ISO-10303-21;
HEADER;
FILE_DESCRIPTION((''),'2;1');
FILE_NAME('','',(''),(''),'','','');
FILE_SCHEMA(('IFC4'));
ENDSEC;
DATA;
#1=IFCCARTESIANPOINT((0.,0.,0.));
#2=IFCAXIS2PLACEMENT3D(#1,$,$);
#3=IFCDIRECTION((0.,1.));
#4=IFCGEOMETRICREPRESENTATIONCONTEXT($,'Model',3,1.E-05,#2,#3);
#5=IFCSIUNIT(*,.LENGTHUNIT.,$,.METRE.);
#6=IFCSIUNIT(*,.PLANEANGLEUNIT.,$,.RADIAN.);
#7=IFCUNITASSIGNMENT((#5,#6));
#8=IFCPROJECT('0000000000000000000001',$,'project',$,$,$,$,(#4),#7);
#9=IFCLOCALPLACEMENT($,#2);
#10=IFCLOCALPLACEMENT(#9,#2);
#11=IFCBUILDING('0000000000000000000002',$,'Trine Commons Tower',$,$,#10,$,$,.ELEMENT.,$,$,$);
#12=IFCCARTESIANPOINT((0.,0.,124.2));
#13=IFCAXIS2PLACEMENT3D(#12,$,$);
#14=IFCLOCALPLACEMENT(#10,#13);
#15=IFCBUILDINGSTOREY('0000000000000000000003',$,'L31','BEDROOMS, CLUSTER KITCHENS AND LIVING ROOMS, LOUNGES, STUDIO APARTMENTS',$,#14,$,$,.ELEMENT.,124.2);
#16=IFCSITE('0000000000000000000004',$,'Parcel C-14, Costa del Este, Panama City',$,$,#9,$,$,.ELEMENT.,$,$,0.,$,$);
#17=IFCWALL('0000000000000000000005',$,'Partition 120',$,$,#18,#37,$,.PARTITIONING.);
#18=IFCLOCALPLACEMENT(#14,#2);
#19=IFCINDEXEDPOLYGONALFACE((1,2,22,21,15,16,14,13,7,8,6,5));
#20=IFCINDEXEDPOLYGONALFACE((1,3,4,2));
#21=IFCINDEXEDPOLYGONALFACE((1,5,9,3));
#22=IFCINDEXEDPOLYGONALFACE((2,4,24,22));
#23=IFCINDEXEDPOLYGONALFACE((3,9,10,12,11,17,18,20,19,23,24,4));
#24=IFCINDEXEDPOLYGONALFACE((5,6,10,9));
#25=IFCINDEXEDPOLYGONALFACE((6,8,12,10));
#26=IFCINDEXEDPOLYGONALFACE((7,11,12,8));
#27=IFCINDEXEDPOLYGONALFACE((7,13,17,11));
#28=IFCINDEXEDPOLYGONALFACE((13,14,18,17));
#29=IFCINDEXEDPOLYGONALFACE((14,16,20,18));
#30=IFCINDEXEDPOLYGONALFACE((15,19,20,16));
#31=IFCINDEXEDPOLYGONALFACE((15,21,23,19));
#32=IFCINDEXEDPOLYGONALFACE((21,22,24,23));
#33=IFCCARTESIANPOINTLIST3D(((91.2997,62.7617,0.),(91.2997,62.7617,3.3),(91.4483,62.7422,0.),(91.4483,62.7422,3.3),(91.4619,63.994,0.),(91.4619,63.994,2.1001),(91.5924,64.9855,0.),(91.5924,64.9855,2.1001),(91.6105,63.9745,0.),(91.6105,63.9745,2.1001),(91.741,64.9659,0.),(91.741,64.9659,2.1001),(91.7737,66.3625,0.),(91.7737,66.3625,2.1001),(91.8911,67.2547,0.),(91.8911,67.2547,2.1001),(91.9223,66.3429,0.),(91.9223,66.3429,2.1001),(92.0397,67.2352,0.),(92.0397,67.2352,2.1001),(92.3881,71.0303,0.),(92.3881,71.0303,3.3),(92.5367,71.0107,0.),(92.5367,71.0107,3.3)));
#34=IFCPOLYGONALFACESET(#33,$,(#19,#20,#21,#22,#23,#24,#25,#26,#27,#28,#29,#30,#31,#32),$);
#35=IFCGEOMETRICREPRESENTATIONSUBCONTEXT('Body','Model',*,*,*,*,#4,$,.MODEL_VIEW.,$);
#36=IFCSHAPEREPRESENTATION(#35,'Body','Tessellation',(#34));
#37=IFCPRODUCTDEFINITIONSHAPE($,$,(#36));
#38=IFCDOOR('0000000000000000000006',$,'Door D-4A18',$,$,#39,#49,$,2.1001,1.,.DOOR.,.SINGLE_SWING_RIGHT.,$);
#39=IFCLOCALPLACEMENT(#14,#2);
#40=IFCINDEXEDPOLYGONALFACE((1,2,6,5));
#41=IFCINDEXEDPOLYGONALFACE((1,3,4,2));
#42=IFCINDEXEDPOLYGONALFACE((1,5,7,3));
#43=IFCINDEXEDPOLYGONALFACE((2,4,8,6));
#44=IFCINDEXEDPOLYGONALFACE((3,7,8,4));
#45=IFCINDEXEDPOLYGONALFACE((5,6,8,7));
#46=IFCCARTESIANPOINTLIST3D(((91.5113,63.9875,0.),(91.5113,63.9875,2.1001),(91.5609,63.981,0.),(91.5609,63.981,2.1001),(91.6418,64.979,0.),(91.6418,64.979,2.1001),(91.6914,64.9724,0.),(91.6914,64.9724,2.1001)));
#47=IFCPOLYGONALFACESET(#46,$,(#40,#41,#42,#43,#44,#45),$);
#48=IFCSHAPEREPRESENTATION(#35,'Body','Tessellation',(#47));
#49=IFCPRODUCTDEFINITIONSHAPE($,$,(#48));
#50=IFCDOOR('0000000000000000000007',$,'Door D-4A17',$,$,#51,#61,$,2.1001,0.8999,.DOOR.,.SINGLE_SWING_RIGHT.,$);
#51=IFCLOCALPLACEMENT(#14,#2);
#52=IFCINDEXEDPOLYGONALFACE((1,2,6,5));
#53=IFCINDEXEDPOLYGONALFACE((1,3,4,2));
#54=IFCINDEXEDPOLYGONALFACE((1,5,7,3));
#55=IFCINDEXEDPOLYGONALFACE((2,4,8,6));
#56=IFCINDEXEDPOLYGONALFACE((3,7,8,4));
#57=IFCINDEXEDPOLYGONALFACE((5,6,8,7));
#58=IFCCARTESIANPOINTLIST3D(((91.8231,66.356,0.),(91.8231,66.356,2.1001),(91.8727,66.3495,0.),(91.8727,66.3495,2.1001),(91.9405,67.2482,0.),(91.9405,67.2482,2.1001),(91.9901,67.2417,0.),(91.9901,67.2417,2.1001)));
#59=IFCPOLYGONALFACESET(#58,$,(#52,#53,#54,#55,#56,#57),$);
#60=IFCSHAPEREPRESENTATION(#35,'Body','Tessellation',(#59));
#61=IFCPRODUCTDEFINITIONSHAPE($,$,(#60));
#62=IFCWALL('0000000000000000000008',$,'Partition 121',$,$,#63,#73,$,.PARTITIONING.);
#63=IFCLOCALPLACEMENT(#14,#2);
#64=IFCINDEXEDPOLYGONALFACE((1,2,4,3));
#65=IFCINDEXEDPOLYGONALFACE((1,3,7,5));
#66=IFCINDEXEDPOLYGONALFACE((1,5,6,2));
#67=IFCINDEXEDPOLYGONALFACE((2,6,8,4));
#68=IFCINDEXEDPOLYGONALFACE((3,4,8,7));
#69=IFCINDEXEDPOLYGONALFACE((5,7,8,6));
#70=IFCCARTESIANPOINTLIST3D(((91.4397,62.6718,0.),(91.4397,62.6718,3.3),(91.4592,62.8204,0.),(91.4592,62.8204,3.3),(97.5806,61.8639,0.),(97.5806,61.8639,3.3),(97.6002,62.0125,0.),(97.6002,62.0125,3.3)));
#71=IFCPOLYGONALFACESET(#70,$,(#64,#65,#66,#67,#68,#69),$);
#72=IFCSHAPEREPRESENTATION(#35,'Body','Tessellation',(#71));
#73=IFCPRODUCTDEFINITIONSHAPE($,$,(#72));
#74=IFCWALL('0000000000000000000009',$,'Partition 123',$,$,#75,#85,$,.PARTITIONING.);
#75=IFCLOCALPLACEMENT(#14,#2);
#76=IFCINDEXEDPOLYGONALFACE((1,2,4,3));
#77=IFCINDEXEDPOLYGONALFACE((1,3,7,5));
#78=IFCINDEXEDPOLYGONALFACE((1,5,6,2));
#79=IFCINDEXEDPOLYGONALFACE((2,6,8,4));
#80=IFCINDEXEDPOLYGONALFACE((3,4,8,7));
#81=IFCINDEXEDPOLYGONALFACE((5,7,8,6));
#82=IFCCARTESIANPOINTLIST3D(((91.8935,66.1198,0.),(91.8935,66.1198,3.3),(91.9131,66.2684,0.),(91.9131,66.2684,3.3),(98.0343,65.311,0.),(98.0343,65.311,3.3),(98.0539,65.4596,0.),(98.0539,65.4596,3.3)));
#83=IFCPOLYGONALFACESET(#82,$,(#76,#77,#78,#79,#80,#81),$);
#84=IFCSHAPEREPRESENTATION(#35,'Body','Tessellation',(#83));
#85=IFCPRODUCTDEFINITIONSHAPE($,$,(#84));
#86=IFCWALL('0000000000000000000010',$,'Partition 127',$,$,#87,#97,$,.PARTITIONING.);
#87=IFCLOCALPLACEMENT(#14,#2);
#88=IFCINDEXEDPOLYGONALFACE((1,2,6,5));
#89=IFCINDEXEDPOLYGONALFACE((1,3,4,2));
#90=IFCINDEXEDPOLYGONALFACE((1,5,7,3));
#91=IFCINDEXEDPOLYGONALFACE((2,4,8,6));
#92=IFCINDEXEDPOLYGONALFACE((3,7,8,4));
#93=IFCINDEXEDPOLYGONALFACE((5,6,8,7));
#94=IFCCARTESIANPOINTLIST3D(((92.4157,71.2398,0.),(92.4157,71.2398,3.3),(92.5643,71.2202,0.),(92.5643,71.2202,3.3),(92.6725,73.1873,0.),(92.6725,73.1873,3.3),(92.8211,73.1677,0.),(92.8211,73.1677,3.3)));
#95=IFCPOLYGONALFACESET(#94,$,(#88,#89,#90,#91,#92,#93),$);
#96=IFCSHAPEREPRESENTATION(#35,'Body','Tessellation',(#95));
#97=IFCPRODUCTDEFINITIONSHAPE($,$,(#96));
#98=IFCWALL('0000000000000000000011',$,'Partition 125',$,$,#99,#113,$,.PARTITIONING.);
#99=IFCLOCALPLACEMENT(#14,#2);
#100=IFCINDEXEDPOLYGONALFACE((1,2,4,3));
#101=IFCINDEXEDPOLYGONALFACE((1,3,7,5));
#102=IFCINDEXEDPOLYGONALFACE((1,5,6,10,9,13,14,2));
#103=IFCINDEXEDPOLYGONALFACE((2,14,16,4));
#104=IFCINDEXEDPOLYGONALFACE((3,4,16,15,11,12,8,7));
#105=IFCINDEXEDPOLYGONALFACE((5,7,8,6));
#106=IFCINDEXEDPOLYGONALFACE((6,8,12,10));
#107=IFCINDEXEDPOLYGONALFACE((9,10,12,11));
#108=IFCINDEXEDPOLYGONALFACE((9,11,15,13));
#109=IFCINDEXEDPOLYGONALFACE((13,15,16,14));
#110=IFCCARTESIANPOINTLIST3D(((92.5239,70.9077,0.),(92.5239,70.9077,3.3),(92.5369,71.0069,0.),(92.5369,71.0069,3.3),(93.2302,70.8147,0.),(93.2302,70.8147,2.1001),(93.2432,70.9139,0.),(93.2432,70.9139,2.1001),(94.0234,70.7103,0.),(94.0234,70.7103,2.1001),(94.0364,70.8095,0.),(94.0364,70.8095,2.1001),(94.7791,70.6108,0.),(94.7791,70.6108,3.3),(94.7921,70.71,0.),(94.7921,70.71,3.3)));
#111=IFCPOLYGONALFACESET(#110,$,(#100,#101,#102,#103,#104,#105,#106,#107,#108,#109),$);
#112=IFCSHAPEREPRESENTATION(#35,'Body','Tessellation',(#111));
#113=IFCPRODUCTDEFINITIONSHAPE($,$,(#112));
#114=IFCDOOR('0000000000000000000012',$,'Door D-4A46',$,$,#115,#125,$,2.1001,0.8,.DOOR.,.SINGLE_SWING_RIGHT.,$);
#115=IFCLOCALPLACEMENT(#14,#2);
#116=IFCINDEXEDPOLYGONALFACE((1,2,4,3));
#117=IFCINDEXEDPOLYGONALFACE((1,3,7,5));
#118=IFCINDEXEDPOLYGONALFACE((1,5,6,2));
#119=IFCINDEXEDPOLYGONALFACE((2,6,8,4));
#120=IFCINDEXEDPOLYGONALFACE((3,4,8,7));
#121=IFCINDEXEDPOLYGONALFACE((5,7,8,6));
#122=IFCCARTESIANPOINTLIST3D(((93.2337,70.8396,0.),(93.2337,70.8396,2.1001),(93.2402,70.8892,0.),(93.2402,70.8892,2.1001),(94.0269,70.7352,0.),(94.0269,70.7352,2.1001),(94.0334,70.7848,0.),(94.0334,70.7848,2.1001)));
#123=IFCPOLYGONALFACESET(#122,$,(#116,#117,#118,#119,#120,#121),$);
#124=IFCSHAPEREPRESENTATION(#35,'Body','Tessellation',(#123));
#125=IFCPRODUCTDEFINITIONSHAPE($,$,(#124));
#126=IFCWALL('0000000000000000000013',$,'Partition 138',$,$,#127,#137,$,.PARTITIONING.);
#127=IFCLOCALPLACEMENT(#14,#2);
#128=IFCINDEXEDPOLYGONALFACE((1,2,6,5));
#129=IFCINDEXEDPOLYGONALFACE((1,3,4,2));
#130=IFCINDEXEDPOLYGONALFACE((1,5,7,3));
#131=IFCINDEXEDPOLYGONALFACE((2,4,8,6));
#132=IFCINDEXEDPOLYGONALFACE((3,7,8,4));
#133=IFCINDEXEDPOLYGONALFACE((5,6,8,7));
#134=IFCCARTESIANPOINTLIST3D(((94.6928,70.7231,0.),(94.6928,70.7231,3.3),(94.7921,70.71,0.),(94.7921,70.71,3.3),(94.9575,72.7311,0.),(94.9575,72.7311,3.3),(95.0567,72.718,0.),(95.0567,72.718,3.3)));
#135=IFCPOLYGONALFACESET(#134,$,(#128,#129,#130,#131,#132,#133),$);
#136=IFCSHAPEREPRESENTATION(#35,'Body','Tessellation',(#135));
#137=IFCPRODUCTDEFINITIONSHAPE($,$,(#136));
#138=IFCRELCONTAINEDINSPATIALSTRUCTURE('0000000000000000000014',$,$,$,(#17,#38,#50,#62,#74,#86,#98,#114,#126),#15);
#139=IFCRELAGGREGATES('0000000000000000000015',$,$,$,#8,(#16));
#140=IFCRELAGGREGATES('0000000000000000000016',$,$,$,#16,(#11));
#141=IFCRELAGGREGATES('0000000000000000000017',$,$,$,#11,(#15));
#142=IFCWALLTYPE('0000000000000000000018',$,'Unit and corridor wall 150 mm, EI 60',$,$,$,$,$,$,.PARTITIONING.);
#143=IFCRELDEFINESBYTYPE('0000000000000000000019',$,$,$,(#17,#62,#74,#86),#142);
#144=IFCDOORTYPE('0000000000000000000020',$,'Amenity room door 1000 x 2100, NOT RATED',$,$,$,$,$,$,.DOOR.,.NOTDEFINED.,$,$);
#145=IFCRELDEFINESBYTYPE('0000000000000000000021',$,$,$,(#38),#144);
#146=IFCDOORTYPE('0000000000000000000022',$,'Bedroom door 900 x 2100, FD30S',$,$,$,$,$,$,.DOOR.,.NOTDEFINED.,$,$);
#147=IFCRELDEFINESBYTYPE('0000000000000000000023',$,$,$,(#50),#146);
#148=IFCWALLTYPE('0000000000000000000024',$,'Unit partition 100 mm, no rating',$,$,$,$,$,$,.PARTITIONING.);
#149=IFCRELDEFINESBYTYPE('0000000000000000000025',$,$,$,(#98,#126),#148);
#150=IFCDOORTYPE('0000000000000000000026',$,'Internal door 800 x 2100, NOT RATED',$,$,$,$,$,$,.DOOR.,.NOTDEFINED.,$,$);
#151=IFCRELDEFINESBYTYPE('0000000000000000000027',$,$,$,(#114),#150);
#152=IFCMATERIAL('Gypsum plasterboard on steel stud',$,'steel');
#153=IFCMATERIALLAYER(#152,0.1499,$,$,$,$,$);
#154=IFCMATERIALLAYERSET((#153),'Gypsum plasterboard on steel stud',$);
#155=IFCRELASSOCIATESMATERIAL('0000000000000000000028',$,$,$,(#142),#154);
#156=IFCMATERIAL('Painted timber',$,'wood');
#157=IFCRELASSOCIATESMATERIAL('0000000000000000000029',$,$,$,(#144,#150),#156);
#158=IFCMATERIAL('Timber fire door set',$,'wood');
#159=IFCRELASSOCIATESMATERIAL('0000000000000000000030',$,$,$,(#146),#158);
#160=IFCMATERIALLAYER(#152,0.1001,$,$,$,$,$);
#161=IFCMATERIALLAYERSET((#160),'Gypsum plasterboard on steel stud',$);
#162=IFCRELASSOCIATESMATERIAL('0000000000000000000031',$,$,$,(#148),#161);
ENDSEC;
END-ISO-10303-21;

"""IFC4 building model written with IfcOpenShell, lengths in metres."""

from ifc_helpers import new_model, si_unit, direction, frame, frame_2d, origin, place, context, subcontext, project, spatial, rectangle, extrude, material, layer, layer_set, type_object, element, fill, save


model = new_model("IFC4")

# Units and contexts
model_context = context("Model", 3, precision=1e-05, world=origin(), true_north=direction((0.0, 1.0)))
body_context = subcontext(model_context, "Body", "Model", "MODEL_VIEW")
ifc_project = project(units=[si_unit("LENGTHUNIT", "METRE"), si_unit("PLANEANGLEUNIT", "RADIAN")], contexts=[model_context])

# Site, building, storey
site_placement = place(None, origin())
site = spatial("IfcSite", under=ifc_project, at=site_placement, Name="Parcel C-14, Costa del Este, Panama City", CompositionType="ELEMENT", RefElevation=0.0)
building_placement = place(site_placement, origin())
building = spatial("IfcBuilding", under=site, at=building_placement, Name="Trine Commons Tower", CompositionType="ELEMENT")
storey_placement = place(building_placement, frame((0.0, 0.0, 124.2)))
storey = spatial("IfcBuildingStorey", under=building, at=storey_placement, Name="L31", Description="BEDROOMS, CLUSTER KITCHENS AND LIVING ROOMS, LOUNGES, STUDIO APARTMENTS", CompositionType="ELEMENT", Elevation=124.2)

# Shared definitions
ifc_material_1 = material(Name="Gypsum plasterboard on steel stud", Category="steel")
ifc_layer_1 = layer(ifc_material_1, 0.1499)
ifc_layer_set_1 = layer_set([ifc_layer_1], Name="Gypsum plasterboard on steel stud")
wall_type_1 = type_object("IfcWallType", Name="Unit and corridor wall 150 mm, EI 60", PredefinedType="PARTITIONING", material=ifc_layer_set_1)

# Shared definitions
ifc_material_2 = material(Name="Timber fire door set", Category="wood")

# Wall, openings, doors
wall_1_placement = place(storey_placement, frame((91.374, 62.752, 0.0), z_axis=(0.0, 0.0, 1.0), x_axis=(0.130503, 0.991448, 0.0)))
wall_1 = element("IfcWall", 1, at=wall_1_placement, inside=storey, type_object=wall_type_1, Name="Partition 120", PredefinedType="PARTITIONING", context=body_context, shape_type="SweptSolid", body=[
    extrude(rectangle(XDim=8.3398, YDim=0.1499, at=frame_2d((4.1699, 0.0))), origin(), (0.0, 0.0, 1.0), 3.3),
])
opening_1_placement = place(wall_1_placement, frame((3.6318, 0.0, 0.0)))
opening_1 = element("IfcOpeningElement", 2, at=opening_1_placement, cuts=wall_1, PredefinedType="OPENING", context=body_context, shape_type="SweptSolid", body=[
    extrude(rectangle(XDim=0.8999, YDim=2.1001, at=frame_2d((0.45, 1.05))), frame((0.0, 0.085, 0.0), z_axis=(0.0, -1.0, 0.0), x_axis=(1.0, 0.0, 0.0)), (0.0, 0.0, 1.0), 0.1699),
])
opening_2_placement = place(wall_1_placement, frame((1.2429, 0.0, 0.0)))
opening_2 = element("IfcOpeningElement", 3, at=opening_2_placement, cuts=wall_1, PredefinedType="OPENING", context=body_context, shape_type="SweptSolid", body=[
    extrude(rectangle(XDim=1.0, YDim=2.1001, at=frame_2d((0.5, 1.05))), frame((0.0, 0.085, 0.0), z_axis=(0.0, -1.0, 0.0), x_axis=(1.0, 0.0, 0.0)), (0.0, 0.0, 1.0), 0.1699),
])
ifc_material_3 = material(Name="Painted timber", Category="wood")
door_type_1 = type_object("IfcDoorType", Name="Amenity room door 1000 x 2100, NOT RATED", OperationType="NOTDEFINED", PredefinedType="DOOR", material=ifc_material_3)
door_1_placement = place(opening_2_placement, frame((1.0, 0.0, 0.0), z_axis=(0.0, 0.0, 1.0), x_axis=(-1.0, 0.0, 0.0)))
door_1 = element("IfcDoor", 4, at=door_1_placement, inside=storey, type_object=door_type_1, Name="Door D-4A18", OperationType="SINGLE_SWING_RIGHT", OverallHeight=2.1001, OverallWidth=1.0, PredefinedType="DOOR", context=body_context, shape_type="SweptSolid", body=[
    extrude(rectangle(XDim=1.0, YDim=2.1001, at=frame_2d((0.5, 1.05))), frame((0.0, 0.0249, 0.0), z_axis=(0.0, -1.0, 0.0), x_axis=(1.0, 0.0, 0.0)), (0.0, 0.0, 1.0), 0.05),
])
fill(opening_2, door_1)
door_type_2 = type_object("IfcDoorType", Name="Bedroom door 900 x 2100, FD30S", OperationType="NOTDEFINED", PredefinedType="DOOR", material=ifc_material_2)
door_2_placement = place(opening_1_placement, frame((0.8999, 0.0, 0.0), z_axis=(0.0, 0.0, 1.0), x_axis=(-1.0, 0.0, 0.0)))
door_2 = element("IfcDoor", 5, at=door_2_placement, inside=storey, type_object=door_type_2, Name="Door D-4A17", OperationType="SINGLE_SWING_RIGHT", OverallHeight=2.1001, OverallWidth=0.8999, PredefinedType="DOOR", context=body_context, shape_type="SweptSolid", body=[
    extrude(rectangle(XDim=0.8999, YDim=2.1001, at=frame_2d((0.45, 1.05))), frame((0.0, 0.0249, 0.0), z_axis=(0.0, -1.0, 0.0), x_axis=(1.0, 0.0, 0.0)), (0.0, 0.0, 1.0), 0.05),
])
fill(opening_1, door_2)

# Walls
for number, where, z_axis, x_axis, name in (
    (6, (91.4495, 62.7461, 0.0), (0.0, 0.0, 1.0), (0.991457, -0.130431, 0.0), "Partition 121"),
    (7, (91.9033, 66.1941, 0.0), (0.0, 0.0, 1.0), (0.991437, -0.130586, 0.0), "Partition 123"),
):
    element("IfcWall", number, at=place(storey_placement, frame(where, z_axis=z_axis, x_axis=x_axis)), inside=storey, type_object=wall_type_1, Name=name, PredefinedType="PARTITIONING", context=body_context, shape_type="SweptSolid", body=[
        extrude(rectangle(XDim=6.1938, YDim=0.1499, at=frame_2d((3.0969, 0.0))), origin(), (0.0, 0.0, 1.0), 3.3),
    ])
wall_2_placement = place(storey_placement, frame((92.49, 71.23, 0.0), z_axis=(0.0, 0.0, 1.0), x_axis=(0.130747, 0.991416, 0.0)))
element("IfcWall", 8, at=wall_2_placement, inside=storey, type_object=wall_type_1, Name="Partition 127", PredefinedType="PARTITIONING", context=body_context, shape_type="SweptSolid", body=[
    extrude(rectangle(XDim=1.9644, YDim=0.1499, at=frame_2d((0.9822, 0.0))), origin(), (0.0, 0.0, 1.0), 3.3),
])

# Wall, opening, door
ifc_layer_2 = layer(ifc_material_1, 0.1001)
ifc_layer_set_2 = layer_set([ifc_layer_2], Name="Gypsum plasterboard on steel stud")
wall_type_2 = type_object("IfcWallType", Name="Unit partition 100 mm, no rating", PredefinedType="PARTITIONING", material=ifc_layer_set_2)
wall_3_placement = place(storey_placement, frame((92.5305, 70.9573, 0.0), z_axis=(0.0, 0.0, 1.0), x_axis=(0.991446, -0.130518, 0.0)))
wall_3 = element("IfcWall", 9, at=wall_3_placement, inside=storey, type_object=wall_type_2, Name="Partition 125", PredefinedType="PARTITIONING", context=body_context, shape_type="SweptSolid", body=[
    extrude(rectangle(XDim=2.2747, YDim=0.1001, at=frame_2d((1.1372, 0.0))), origin(), (0.0, 0.0, 1.0), 3.3),
])
opening_3_placement = place(wall_3_placement, frame((0.7124, 0.0, 0.0)))
opening_3 = element("IfcOpeningElement", 10, at=opening_3_placement, cuts=wall_3, PredefinedType="OPENING", context=body_context, shape_type="SweptSolid", body=[
    extrude(rectangle(XDim=0.8, YDim=2.1001, at=frame_2d((0.3999, 1.05))), frame((0.0, 0.0601, 0.0), z_axis=(0.0, -1.0, 0.0), x_axis=(1.0, 0.0, 0.0)), (0.0, 0.0, 1.0), 0.1201),
])
door_type_3 = type_object("IfcDoorType", Name="Internal door 800 x 2100, NOT RATED", OperationType="NOTDEFINED", PredefinedType="DOOR", material=ifc_material_3)
door_3_placement = place(opening_3_placement, frame((0.8, 0.0, 0.0), z_axis=(0.0, 0.0, 1.0), x_axis=(-1.0, 0.0, 0.0)))
door_3 = element("IfcDoor", 11, at=door_3_placement, inside=storey, type_object=door_type_3, Name="Door D-4A46", OperationType="SINGLE_SWING_RIGHT", OverallHeight=2.1001, OverallWidth=0.8, PredefinedType="DOOR", context=body_context, shape_type="SweptSolid", body=[
    extrude(rectangle(XDim=0.8, YDim=2.1001, at=frame_2d((0.3999, 1.05))), frame((0.0, 0.0249, 0.0), z_axis=(0.0, -1.0, 0.0), x_axis=(1.0, 0.0, 0.0)), (0.0, 0.0, 1.0), 0.05),
])
fill(opening_3, door_3)

# Wall
wall_4_placement = place(storey_placement, frame((94.7424, 70.7166, 0.0), z_axis=(0.0, 0.0, 1.0), x_axis=(0.130663, 0.991427, 0.0)))
element("IfcWall", 12, at=wall_4_placement, inside=storey, type_object=wall_type_2, Name="Partition 138", PredefinedType="PARTITIONING", context=body_context, shape_type="SweptSolid", body=[
    extrude(rectangle(XDim=2.0254, YDim=0.1001, at=frame_2d((1.0127, 0.0))), origin(), (0.0, 0.0, 1.0), 3.3),
])

save(model, "model.ifc")
